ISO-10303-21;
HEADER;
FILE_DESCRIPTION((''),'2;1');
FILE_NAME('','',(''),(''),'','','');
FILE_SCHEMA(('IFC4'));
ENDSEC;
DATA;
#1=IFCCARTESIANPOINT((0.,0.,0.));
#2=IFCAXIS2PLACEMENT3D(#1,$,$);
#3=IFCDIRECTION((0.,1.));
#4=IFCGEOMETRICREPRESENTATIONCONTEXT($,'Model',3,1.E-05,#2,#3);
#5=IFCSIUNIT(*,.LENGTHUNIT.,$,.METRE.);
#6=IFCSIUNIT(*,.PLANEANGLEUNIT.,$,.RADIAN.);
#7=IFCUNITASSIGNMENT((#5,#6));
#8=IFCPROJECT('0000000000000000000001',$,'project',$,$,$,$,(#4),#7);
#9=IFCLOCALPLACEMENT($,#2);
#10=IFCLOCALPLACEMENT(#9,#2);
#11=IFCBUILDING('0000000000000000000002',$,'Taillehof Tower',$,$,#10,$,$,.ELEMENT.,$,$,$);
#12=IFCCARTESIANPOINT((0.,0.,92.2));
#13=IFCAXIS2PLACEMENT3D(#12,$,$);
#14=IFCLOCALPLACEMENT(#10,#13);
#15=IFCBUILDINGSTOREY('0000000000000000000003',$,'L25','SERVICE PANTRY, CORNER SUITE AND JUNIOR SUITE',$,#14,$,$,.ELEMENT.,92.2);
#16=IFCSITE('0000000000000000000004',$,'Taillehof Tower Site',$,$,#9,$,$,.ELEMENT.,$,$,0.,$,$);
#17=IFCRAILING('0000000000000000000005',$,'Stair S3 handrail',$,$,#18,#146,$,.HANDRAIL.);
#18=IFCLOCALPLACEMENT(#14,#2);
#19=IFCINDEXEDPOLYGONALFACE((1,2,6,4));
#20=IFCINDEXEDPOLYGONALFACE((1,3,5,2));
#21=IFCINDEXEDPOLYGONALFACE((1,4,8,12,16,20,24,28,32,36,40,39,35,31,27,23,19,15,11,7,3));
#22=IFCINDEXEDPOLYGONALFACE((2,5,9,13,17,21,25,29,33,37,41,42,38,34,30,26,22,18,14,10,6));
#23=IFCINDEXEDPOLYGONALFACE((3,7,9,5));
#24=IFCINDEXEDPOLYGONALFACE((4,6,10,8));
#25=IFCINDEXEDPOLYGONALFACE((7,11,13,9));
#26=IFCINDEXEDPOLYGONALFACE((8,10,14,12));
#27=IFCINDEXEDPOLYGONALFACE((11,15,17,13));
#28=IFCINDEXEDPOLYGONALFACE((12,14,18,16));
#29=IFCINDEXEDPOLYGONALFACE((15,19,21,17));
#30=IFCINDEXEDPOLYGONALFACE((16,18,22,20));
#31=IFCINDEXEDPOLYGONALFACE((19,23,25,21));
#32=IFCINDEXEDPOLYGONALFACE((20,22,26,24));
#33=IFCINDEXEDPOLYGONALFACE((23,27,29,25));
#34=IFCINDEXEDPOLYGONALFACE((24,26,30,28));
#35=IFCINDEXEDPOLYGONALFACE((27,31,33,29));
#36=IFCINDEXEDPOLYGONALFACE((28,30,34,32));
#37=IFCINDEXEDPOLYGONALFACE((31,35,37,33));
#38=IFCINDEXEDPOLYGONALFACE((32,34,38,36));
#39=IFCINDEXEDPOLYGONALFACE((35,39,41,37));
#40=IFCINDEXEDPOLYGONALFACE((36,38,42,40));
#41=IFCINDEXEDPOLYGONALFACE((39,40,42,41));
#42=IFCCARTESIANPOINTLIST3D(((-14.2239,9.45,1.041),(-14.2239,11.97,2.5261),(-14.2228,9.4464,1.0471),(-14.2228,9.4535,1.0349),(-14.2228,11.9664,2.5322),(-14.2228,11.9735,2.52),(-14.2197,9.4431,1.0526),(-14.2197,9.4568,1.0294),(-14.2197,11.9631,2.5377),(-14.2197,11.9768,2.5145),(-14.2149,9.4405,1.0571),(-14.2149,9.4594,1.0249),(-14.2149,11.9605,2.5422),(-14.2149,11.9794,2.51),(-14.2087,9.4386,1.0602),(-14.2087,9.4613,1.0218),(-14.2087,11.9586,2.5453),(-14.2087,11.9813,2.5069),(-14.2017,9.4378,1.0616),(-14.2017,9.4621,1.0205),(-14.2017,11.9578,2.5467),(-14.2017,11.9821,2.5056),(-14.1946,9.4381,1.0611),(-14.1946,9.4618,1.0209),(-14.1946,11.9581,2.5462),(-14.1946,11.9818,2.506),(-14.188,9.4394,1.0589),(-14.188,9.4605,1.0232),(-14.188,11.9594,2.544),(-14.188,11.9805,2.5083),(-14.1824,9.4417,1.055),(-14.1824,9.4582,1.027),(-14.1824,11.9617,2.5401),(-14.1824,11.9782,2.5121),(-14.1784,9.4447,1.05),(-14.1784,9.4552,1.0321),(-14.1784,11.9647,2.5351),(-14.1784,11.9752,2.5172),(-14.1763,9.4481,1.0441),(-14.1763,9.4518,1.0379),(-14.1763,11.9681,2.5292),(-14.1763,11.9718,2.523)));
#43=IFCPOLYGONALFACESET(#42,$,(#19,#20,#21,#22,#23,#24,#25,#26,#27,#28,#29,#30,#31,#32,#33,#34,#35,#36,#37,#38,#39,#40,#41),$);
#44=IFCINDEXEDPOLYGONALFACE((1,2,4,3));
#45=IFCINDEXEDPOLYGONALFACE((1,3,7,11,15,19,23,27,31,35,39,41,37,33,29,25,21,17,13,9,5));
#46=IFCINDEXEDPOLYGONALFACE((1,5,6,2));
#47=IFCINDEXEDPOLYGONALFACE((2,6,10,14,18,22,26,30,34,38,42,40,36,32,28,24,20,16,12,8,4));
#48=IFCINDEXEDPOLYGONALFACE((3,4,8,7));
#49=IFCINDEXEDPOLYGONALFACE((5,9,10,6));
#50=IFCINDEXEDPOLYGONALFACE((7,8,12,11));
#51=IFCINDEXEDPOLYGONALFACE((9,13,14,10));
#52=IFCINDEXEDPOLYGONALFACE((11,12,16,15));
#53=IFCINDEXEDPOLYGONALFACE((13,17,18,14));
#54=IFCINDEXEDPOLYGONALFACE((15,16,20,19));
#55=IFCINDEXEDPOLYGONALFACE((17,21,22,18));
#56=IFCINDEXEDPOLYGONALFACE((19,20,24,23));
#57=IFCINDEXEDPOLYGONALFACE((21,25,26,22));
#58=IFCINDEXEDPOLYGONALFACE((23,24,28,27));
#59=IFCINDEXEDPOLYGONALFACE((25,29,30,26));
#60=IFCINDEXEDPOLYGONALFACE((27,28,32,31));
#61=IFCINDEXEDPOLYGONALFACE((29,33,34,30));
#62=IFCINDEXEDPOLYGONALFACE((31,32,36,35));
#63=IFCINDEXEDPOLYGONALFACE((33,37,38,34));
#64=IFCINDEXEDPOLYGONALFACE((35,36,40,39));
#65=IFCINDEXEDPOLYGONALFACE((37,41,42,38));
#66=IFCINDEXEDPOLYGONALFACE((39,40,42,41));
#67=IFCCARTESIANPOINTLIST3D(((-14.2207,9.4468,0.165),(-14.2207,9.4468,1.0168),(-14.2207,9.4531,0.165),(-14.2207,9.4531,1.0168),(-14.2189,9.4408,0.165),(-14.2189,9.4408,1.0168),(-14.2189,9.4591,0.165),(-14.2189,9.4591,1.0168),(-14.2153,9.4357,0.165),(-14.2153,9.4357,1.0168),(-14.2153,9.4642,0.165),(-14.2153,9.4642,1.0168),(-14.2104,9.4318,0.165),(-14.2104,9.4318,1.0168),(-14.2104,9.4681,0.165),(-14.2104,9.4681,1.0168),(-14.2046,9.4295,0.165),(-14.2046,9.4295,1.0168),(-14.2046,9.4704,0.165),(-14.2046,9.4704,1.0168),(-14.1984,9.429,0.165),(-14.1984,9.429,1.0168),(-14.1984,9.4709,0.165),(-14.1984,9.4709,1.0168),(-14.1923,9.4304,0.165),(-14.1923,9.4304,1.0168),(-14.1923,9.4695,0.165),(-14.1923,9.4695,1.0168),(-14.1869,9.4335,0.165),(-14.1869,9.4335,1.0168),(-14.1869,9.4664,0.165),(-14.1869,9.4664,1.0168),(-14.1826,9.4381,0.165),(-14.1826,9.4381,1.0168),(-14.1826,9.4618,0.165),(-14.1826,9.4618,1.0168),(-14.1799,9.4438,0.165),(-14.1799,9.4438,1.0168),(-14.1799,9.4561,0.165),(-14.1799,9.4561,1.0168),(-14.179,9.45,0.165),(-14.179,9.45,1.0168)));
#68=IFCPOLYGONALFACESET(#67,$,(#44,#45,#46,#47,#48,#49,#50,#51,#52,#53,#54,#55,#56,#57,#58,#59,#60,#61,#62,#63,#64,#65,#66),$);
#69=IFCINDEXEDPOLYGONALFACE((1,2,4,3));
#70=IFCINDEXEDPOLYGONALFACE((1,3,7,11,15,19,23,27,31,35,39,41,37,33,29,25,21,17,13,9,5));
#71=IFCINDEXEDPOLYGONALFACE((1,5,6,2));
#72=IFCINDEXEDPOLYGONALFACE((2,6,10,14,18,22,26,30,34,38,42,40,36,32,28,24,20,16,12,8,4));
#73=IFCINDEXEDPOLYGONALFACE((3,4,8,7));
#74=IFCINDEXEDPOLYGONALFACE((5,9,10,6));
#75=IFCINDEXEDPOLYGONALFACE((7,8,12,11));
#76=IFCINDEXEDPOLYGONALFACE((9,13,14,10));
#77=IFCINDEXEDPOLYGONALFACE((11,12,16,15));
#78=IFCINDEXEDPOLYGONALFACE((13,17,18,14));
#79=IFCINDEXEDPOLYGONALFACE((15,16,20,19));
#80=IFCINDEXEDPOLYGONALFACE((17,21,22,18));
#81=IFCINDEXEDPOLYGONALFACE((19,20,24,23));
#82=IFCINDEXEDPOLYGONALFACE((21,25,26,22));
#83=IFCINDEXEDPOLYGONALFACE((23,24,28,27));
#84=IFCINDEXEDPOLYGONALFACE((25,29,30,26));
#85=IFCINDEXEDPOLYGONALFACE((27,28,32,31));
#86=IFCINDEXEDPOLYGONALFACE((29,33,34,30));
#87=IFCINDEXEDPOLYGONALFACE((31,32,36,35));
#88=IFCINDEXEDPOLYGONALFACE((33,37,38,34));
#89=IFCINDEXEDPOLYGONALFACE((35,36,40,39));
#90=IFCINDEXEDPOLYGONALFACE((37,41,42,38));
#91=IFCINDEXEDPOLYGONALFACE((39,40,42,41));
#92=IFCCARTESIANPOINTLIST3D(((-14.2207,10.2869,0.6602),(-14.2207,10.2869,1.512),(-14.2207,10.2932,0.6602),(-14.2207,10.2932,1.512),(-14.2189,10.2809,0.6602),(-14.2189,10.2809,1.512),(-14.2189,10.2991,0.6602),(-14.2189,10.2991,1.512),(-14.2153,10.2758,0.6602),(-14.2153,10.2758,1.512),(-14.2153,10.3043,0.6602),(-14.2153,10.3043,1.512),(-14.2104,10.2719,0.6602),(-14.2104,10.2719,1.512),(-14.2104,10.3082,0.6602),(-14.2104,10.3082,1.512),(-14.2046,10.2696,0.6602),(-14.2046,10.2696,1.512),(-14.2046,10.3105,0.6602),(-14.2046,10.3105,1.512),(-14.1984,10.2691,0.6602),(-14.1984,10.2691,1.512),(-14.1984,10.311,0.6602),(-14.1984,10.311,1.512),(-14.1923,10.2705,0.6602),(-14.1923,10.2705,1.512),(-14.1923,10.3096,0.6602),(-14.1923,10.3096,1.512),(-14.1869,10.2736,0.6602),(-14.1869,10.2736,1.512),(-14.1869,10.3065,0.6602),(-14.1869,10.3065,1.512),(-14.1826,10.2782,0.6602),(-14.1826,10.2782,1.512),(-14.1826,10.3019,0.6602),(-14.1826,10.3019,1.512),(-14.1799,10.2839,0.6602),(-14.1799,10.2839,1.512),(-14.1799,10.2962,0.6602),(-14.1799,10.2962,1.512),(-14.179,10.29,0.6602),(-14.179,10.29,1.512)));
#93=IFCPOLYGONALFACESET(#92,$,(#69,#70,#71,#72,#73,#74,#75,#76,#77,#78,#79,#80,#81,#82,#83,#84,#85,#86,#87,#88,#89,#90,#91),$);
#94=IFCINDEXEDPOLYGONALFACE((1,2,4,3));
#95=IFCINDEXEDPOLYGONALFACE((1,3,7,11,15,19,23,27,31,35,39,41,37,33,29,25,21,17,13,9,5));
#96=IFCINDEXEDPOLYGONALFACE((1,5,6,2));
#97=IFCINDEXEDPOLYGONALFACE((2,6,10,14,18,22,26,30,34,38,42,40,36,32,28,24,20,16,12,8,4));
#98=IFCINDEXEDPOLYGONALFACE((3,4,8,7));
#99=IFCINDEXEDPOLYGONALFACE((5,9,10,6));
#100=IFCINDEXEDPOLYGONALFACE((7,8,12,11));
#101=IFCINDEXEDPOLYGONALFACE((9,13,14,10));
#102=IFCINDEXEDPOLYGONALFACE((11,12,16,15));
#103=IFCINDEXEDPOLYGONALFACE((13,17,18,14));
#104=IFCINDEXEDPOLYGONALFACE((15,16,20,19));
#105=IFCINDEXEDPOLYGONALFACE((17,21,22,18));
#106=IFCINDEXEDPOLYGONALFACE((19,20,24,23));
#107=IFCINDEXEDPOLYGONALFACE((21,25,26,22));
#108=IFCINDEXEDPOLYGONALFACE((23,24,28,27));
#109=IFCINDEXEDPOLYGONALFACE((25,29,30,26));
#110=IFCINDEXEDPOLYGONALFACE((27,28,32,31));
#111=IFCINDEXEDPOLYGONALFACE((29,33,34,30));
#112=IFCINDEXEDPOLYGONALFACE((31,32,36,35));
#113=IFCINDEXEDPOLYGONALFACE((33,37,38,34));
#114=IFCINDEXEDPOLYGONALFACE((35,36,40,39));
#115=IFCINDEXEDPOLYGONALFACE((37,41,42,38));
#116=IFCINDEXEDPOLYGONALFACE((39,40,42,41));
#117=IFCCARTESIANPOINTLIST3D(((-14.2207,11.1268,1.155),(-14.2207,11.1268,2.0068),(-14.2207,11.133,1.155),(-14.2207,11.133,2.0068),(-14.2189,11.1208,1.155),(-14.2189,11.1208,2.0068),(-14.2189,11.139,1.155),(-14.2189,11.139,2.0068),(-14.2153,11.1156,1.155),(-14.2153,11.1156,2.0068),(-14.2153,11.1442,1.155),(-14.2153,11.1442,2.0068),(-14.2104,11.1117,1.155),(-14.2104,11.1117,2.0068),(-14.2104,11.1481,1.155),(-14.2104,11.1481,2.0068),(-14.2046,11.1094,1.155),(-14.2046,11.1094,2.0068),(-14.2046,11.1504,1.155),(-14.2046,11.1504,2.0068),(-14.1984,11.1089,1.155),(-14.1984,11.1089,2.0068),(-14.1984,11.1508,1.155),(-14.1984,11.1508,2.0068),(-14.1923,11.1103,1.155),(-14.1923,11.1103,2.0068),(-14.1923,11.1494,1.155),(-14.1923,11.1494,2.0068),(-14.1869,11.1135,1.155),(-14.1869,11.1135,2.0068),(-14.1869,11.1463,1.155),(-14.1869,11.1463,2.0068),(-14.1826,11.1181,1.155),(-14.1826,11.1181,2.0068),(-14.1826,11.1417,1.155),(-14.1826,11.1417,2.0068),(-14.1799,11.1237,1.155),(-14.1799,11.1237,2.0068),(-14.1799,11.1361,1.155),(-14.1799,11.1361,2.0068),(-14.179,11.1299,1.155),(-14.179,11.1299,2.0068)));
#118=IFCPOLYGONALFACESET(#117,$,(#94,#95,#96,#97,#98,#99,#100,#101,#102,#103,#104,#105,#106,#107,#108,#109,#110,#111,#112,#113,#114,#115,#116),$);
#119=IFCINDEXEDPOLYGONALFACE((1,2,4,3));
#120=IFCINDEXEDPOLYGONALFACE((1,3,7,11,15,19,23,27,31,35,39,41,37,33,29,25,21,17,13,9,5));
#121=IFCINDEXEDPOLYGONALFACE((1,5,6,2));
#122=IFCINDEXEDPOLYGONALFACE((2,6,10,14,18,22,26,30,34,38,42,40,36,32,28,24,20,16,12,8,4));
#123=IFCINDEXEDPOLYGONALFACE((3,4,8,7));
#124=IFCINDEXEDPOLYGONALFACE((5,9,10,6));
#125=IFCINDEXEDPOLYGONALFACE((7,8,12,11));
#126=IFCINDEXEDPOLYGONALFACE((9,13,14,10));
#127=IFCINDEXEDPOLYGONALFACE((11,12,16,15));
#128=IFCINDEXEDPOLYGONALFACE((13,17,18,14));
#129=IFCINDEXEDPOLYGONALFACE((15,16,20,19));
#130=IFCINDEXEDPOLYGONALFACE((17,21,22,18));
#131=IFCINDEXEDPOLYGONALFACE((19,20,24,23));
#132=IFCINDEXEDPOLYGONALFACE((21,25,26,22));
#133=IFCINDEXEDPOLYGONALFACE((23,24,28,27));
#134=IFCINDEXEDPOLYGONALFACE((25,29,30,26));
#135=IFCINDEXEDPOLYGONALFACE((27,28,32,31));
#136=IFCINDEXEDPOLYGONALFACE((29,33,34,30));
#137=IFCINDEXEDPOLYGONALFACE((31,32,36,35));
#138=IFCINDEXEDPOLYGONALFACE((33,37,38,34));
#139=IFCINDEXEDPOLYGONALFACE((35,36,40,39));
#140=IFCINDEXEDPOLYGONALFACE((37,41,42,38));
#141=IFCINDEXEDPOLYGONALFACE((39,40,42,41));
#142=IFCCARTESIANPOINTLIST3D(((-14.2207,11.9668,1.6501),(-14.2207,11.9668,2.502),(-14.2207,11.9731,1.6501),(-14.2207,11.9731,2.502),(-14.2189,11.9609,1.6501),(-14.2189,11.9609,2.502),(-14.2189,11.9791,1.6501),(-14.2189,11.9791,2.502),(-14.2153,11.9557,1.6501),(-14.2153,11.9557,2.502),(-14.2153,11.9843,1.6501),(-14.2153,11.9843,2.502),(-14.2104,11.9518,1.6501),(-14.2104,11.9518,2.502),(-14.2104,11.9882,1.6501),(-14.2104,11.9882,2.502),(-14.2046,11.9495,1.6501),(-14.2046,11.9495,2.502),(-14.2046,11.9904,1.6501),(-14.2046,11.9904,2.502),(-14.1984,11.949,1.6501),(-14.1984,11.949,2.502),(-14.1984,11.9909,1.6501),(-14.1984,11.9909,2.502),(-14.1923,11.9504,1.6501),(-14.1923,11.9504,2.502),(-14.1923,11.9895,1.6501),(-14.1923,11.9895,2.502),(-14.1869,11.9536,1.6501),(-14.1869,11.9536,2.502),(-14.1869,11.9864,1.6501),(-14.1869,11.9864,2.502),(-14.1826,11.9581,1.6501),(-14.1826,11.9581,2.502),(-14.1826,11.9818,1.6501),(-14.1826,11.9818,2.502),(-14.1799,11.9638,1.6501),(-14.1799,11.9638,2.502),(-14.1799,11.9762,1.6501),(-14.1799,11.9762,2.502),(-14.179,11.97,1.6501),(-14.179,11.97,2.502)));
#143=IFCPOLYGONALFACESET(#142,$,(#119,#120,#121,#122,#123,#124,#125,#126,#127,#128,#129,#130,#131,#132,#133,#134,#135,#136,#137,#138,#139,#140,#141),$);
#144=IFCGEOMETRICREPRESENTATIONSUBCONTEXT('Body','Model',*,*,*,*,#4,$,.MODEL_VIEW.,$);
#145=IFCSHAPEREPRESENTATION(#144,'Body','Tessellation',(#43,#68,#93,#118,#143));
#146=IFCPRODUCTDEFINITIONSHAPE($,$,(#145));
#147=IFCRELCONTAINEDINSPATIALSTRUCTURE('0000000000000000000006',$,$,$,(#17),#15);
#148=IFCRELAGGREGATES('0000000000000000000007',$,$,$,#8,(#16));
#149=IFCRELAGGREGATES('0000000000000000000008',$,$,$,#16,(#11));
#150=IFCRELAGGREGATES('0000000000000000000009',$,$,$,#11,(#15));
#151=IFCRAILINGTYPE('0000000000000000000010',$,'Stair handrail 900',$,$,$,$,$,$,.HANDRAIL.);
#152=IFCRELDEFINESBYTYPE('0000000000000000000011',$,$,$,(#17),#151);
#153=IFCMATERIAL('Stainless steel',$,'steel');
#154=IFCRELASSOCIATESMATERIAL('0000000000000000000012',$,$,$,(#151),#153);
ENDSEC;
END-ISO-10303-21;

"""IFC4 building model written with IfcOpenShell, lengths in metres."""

from ifc_helpers import new_model, si_unit, direction, frame, origin, origin_2d, place, context, subcontext, project, spatial, circle, extrude, material, type_object, element, save


model = new_model("IFC4")

# Units and contexts
model_context = context("Model", 3, precision=1e-05, world=origin(), true_north=direction((0.0, 1.0)))
body_context = subcontext(model_context, "Body", "Model", "MODEL_VIEW")
ifc_project = project(units=[si_unit("LENGTHUNIT", "METRE"), si_unit("PLANEANGLEUNIT", "RADIAN")], contexts=[model_context])

# Site, building, storey
site_placement = place(None, origin())
site = spatial("IfcSite", under=ifc_project, at=site_placement, Name="Taillehof Tower Site", CompositionType="ELEMENT", RefElevation=0.0)
building_placement = place(site_placement, origin())
building = spatial("IfcBuilding", under=site, at=building_placement, Name="Taillehof Tower", CompositionType="ELEMENT")
storey_placement = place(building_placement, frame((0.0, 0.0, 92.2)))
storey = spatial("IfcBuildingStorey", under=building, at=storey_placement, Name="L25", Description="SERVICE PANTRY, CORNER SUITE AND JUNIOR SUITE", CompositionType="ELEMENT", Elevation=92.2)

# Railing
ifc_material_1 = material(Name="Stainless steel", Category="steel")
railing_type = type_object("IfcRailingType", Name="Stair handrail 900", PredefinedType="HANDRAIL", material=ifc_material_1)
railing_placement = place(storey_placement, frame((-14.2, 9.45, 0.165)))
element("IfcRailing", 1, at=railing_placement, inside=storey, type_object=railing_type, Name="Stair S3 handrail", PredefinedType="HANDRAIL", context=body_context, shape_type="SweptSolid", body=[
    extrude(circle(Radius=0.0239, at=origin_2d()), frame((0.0, 0.0, 0.876), z_axis=(0.0, 0.861524, 0.507717), x_axis=(-1.0, 0.0, 0.0)), (0.0, 0.0, 1.0), 2.925),
    extrude(circle(Radius=0.021, at=origin_2d()), origin(), (0.0, 0.0, 1.0), 0.8518),
    extrude(circle(Radius=0.021, at=origin_2d()), frame((0.0, 0.8401, 0.4951)), (0.0, 0.0, 1.0), 0.8518),
    extrude(circle(Radius=0.021, at=origin_2d()), frame((0.0, 1.6799, 0.99)), (0.0, 0.0, 1.0), 0.8518),
    extrude(circle(Radius=0.021, at=origin_2d()), frame((0.0, 2.52, 1.4851)), (0.0, 0.0, 1.0), 0.8518),
])

save(model, "model.ifc")
